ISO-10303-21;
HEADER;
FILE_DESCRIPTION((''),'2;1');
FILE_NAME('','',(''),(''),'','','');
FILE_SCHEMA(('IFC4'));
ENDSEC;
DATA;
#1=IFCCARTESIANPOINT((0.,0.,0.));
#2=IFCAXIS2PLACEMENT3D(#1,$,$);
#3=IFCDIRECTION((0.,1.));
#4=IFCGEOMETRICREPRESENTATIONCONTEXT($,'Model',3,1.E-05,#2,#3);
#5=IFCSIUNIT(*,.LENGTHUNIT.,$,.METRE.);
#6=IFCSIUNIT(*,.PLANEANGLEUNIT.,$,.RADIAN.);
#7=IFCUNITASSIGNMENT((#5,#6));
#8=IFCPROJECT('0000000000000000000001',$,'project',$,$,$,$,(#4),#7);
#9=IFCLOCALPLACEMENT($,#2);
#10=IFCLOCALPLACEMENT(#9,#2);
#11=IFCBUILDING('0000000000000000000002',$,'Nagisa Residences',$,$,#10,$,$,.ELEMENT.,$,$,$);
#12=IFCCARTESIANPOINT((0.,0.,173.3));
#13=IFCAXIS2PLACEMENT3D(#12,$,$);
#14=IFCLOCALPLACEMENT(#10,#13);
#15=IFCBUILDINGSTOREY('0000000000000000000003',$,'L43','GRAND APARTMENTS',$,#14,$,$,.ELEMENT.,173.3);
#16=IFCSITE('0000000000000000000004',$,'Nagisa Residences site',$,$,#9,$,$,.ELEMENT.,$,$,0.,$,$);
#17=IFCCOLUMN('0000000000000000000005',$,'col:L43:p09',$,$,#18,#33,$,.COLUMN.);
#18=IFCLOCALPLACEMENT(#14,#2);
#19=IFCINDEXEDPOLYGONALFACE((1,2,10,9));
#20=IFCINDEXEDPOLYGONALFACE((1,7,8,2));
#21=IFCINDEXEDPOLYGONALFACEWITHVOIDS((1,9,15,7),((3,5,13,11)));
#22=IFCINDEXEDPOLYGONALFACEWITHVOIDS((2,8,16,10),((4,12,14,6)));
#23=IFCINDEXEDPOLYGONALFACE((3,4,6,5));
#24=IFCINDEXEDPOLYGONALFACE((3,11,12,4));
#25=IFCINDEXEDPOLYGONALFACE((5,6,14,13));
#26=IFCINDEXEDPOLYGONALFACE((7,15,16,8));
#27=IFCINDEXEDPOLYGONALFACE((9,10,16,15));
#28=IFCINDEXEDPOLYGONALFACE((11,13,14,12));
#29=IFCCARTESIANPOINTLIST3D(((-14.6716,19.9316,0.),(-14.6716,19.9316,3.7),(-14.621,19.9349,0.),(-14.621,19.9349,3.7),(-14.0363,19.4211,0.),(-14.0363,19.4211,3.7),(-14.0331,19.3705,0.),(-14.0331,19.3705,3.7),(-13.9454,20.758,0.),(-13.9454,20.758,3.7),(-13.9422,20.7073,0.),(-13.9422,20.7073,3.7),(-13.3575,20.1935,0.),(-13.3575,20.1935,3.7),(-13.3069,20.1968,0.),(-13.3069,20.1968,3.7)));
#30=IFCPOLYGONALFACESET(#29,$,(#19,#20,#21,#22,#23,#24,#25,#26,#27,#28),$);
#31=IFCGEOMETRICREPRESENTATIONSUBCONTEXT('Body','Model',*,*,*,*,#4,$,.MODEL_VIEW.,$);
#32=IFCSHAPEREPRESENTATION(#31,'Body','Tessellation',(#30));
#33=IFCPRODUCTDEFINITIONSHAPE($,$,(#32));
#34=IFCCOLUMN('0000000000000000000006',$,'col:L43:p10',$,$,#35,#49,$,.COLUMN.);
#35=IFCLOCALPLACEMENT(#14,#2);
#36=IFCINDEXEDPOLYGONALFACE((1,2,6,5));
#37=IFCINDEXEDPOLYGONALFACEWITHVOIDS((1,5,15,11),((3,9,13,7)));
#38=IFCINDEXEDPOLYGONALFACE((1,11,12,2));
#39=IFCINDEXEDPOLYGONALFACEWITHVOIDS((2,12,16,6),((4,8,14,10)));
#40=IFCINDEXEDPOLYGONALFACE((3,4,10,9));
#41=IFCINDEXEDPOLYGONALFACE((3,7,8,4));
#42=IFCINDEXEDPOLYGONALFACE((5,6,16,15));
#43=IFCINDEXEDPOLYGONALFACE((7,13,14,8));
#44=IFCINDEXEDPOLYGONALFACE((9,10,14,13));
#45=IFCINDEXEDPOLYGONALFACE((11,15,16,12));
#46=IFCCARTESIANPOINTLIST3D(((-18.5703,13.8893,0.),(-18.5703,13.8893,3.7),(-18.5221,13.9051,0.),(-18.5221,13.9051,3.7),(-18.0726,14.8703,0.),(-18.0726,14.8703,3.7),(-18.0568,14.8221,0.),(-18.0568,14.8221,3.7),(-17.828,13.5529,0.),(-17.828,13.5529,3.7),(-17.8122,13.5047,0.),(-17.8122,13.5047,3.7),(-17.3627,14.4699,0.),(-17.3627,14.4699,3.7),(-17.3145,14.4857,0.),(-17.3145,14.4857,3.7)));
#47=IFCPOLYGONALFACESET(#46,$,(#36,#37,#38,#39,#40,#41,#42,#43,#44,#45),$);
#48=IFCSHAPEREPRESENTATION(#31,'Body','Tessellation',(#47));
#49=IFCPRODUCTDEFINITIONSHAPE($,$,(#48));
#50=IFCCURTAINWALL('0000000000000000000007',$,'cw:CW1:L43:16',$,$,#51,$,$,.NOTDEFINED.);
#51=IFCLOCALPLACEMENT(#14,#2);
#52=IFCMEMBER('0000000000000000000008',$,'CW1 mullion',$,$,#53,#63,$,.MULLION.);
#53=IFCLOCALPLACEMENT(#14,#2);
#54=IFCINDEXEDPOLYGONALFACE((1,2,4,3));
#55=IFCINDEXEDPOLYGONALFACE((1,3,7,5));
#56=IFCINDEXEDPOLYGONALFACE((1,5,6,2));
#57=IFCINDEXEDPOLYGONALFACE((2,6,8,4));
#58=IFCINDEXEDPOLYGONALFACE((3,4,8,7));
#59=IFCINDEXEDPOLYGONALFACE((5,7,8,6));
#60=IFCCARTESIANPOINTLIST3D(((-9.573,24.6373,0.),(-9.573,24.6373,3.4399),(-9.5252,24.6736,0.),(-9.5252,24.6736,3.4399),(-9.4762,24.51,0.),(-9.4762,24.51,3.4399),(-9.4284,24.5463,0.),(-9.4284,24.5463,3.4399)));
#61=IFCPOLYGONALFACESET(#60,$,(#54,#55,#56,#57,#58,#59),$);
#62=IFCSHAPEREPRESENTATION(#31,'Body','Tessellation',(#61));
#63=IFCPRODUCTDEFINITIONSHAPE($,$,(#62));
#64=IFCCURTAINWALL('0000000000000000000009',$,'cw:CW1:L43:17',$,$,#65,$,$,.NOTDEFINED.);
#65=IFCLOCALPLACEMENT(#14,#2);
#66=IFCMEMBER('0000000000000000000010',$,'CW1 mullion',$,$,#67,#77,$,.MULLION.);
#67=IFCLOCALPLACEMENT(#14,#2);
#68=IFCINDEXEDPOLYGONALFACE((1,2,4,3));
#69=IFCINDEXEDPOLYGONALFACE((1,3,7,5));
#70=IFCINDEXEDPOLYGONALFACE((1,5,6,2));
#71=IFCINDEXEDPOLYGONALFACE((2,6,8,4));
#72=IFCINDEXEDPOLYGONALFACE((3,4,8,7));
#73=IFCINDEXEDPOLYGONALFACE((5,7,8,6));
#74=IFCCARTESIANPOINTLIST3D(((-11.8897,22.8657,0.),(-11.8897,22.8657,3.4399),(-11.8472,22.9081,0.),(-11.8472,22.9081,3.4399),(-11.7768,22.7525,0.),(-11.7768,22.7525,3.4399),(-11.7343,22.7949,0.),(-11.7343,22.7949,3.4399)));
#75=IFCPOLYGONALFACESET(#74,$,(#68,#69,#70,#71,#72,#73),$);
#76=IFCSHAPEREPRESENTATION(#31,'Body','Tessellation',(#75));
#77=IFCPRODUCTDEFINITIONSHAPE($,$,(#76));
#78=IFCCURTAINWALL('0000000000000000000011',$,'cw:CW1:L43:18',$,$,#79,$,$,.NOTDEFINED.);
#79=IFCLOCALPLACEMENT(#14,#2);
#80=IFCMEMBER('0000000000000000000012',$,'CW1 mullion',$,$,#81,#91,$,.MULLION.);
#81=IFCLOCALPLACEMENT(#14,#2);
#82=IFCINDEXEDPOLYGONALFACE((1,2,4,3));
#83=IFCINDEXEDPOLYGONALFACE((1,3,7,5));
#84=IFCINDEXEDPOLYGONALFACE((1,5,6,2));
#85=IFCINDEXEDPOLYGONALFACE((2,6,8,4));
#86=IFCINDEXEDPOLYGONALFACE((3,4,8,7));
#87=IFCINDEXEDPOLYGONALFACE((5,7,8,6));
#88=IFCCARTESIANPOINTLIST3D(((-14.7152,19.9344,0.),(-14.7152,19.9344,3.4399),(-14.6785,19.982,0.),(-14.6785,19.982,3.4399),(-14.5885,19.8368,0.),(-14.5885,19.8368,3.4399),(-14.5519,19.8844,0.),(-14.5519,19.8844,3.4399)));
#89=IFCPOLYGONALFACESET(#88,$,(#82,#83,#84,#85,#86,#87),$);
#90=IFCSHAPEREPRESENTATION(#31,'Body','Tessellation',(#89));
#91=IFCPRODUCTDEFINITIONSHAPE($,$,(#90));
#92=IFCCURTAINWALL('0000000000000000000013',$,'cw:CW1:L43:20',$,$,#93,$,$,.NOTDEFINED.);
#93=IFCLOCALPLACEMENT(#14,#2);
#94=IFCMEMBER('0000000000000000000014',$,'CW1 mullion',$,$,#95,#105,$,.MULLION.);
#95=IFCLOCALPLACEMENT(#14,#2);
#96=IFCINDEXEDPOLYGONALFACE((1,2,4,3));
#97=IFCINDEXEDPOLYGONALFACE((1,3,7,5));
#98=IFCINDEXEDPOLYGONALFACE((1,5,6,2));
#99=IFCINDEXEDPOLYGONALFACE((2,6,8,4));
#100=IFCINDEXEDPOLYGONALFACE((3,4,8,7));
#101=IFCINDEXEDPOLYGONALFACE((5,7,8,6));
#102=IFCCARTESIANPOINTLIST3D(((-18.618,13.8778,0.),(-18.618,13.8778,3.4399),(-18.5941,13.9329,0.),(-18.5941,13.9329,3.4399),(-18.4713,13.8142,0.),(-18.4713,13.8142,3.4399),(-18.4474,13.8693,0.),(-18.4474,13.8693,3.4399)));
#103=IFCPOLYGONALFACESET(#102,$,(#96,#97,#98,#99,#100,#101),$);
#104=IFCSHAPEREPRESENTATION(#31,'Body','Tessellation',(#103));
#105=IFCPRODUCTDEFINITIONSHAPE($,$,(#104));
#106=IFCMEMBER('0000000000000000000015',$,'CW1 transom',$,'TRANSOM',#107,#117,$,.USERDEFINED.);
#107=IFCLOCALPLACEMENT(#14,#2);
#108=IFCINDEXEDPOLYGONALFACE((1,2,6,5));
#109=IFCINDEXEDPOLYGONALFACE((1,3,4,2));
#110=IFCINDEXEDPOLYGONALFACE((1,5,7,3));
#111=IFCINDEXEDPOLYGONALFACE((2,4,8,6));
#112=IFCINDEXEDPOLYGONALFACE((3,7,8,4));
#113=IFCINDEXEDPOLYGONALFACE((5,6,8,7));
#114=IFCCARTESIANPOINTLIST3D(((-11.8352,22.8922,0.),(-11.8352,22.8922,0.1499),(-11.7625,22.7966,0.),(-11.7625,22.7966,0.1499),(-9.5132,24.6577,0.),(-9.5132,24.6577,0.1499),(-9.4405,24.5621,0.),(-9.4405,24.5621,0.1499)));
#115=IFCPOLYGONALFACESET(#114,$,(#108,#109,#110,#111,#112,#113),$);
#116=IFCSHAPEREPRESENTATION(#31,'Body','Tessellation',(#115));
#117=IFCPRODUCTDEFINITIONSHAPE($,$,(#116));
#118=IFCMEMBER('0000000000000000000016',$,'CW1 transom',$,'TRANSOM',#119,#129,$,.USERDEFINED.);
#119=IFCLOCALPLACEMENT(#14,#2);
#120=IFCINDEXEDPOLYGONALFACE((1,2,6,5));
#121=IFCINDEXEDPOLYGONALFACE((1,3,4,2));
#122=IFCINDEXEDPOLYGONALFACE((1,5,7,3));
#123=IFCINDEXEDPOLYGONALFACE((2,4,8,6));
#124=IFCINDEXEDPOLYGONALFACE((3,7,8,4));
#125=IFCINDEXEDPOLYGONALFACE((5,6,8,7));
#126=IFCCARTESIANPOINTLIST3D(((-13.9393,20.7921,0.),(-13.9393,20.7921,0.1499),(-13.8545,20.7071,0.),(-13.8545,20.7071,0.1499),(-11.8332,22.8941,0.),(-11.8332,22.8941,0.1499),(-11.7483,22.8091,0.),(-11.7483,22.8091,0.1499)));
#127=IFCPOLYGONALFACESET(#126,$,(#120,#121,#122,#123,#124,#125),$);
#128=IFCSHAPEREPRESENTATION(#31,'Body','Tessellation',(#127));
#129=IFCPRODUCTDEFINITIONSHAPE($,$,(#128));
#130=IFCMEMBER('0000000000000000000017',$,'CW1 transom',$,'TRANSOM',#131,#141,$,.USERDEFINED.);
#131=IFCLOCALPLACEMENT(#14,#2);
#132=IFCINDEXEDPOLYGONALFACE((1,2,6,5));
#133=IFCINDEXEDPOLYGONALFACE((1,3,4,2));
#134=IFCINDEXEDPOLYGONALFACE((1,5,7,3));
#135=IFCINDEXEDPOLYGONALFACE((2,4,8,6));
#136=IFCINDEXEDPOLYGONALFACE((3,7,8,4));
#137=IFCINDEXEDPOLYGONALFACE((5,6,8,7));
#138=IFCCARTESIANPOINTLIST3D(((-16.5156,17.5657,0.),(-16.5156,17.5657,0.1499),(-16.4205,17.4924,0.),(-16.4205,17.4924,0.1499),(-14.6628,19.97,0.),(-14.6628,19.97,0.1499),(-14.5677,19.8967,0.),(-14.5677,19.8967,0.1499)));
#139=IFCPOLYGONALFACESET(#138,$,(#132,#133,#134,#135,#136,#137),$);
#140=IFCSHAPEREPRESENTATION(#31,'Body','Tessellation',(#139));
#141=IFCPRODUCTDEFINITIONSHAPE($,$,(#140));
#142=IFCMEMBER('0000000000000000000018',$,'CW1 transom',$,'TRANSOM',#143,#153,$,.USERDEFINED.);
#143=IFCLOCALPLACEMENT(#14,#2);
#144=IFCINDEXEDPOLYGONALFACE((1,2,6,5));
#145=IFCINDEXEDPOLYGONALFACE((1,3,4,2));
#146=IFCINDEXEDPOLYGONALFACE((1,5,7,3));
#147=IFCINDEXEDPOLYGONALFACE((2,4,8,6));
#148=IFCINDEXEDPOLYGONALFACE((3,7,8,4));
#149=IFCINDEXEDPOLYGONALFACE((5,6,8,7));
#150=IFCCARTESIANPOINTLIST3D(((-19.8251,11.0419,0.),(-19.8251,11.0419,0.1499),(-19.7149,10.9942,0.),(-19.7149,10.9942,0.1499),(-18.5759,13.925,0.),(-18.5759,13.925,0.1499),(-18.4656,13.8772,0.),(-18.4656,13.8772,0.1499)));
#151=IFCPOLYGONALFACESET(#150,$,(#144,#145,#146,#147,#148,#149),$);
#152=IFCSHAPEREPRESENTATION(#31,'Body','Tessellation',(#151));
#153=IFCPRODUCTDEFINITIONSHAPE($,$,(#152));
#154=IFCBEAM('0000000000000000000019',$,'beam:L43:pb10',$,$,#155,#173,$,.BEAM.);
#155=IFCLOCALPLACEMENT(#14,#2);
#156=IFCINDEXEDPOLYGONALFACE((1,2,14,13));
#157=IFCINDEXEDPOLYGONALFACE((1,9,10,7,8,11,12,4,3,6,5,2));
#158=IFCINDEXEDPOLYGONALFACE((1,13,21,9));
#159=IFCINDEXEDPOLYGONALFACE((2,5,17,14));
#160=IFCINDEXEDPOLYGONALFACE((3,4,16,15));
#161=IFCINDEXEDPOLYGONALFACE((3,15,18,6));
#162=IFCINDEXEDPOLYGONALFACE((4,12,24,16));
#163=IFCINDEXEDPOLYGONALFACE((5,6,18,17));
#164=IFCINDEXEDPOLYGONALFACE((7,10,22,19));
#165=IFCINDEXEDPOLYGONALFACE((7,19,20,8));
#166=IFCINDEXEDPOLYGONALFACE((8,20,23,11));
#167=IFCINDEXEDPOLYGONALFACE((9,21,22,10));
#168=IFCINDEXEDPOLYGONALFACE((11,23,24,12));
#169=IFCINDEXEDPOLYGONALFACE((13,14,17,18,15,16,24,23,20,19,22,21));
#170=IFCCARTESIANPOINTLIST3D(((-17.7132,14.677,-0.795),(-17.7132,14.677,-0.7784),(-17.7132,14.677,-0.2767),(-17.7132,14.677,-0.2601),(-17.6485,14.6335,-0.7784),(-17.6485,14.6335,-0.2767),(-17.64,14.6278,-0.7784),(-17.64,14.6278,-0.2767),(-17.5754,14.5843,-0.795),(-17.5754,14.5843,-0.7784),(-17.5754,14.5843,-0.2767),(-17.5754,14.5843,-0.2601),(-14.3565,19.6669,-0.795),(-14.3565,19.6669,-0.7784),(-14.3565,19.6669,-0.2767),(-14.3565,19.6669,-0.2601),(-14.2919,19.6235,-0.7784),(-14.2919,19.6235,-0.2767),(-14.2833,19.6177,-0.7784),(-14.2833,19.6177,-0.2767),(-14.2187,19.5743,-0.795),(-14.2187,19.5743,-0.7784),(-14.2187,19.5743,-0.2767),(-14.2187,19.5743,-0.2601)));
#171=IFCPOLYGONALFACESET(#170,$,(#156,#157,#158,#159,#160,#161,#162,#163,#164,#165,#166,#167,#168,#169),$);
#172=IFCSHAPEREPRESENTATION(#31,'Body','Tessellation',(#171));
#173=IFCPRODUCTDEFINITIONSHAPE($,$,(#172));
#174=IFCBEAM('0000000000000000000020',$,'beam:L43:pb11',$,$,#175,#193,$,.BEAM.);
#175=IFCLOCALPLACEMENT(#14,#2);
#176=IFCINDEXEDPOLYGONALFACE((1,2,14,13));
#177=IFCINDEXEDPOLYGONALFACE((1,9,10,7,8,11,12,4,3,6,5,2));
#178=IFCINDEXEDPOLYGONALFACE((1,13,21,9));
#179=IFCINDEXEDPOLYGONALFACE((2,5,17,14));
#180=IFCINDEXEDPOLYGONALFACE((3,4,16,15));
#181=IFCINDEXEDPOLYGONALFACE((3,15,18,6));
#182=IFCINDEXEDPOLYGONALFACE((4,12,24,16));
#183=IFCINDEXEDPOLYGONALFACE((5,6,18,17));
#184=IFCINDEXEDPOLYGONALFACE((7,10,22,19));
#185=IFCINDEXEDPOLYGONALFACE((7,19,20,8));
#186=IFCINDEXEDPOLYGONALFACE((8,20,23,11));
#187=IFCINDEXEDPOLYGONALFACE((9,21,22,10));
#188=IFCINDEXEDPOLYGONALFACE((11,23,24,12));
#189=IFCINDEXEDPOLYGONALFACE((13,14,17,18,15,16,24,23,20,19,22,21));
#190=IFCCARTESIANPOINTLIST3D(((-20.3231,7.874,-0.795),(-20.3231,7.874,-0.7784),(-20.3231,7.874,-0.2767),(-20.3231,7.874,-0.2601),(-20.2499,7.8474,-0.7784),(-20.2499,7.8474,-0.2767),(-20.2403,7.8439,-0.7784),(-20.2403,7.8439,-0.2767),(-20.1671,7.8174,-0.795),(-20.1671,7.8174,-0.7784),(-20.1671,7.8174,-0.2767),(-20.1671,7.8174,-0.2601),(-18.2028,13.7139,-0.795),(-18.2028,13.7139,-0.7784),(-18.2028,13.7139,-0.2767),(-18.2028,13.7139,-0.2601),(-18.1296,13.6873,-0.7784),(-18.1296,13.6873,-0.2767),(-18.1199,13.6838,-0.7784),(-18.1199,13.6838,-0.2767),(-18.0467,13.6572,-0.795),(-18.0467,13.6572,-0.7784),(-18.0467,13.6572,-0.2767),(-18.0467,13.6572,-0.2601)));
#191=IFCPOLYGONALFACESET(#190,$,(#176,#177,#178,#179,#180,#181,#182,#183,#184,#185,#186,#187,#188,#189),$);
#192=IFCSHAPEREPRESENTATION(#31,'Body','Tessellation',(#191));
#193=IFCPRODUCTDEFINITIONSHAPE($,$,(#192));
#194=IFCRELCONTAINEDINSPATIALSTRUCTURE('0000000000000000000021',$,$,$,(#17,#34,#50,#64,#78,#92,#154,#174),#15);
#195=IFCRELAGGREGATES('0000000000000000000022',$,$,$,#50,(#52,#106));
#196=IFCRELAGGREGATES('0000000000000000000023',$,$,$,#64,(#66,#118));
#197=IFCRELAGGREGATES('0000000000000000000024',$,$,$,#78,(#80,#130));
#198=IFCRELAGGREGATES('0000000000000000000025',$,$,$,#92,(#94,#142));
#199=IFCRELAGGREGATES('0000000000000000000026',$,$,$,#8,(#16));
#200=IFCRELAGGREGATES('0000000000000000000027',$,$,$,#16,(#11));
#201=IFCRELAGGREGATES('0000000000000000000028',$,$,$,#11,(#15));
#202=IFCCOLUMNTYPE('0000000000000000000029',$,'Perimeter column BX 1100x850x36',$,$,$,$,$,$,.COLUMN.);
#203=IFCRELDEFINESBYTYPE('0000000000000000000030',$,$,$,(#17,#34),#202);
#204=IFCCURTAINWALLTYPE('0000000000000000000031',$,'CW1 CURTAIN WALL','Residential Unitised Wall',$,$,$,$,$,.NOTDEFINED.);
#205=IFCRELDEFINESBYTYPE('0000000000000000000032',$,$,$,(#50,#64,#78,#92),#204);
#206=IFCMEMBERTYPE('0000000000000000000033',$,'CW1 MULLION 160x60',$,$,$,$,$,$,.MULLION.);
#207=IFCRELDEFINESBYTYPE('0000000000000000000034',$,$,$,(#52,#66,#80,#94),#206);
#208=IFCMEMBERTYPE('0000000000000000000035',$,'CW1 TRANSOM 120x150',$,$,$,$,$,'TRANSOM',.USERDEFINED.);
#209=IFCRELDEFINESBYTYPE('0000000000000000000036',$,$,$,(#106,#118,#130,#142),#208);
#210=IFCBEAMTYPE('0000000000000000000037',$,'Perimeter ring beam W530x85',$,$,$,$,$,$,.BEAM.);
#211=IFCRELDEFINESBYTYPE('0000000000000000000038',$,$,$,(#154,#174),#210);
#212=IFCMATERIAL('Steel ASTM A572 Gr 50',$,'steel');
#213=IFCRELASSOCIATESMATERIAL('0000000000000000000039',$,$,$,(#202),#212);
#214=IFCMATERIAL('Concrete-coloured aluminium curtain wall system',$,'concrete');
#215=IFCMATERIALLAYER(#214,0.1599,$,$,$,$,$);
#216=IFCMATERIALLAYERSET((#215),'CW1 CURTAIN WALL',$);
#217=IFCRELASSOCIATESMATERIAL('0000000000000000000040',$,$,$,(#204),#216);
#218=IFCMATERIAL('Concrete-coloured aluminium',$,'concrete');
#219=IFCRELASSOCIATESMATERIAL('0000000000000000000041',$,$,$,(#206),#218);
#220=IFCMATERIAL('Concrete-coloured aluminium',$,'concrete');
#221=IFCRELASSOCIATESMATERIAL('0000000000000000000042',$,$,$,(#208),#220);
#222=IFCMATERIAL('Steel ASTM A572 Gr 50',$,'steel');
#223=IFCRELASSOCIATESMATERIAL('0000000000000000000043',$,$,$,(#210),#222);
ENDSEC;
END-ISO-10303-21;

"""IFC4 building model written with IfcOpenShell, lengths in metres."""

from ifc_helpers import new_model, si_unit, direction, frame, origin, origin_2d, place, context, subcontext, project, spatial, rectangle, hollow_rectangle, i_section, extrude, material, layer, layer_set, material_profile, profile_set, type_object, element, aggregate, save


model = new_model("IFC4")

# Units and contexts
model_context = context("Model", 3, precision=1e-05, world=origin(), true_north=direction((0.0, 1.0)))
body_context = subcontext(model_context, "Body", "Model", "MODEL_VIEW")
ifc_project = project(units=[si_unit("LENGTHUNIT", "METRE"), si_unit("PLANEANGLEUNIT", "RADIAN")], contexts=[model_context])

# Site, building, storey
site_placement = place(None, origin())
site = spatial("IfcSite", under=ifc_project, at=site_placement, Name="Nagisa Residences site", CompositionType="ELEMENT", RefElevation=0.0)
building_placement = place(site_placement, origin())
building = spatial("IfcBuilding", under=site, at=building_placement, Name="Nagisa Residences", CompositionType="ELEMENT")
storey_placement = place(building_placement, frame((0.0, 0.0, 173.3)))
storey = spatial("IfcBuildingStorey", under=building, at=storey_placement, Name="L43", Description="GRAND APARTMENTS", CompositionType="ELEMENT", Elevation=173.3)

# Columns
ifc_material_1 = material(Name="Steel ASTM A572 Gr 50", Category="steel")
ifc_material_profile_1 = material_profile(ifc_material_1, hollow_rectangle(XDim=1.1001, YDim=0.8501, WallThickness=0.0359, at=origin_2d()), Name="BX 1100x850x36")
ifc_profile_set_1 = profile_set([ifc_material_profile_1], Name="Steel ASTM A572 Gr 50")
column_type = type_object("IfcColumnType", Name="Perimeter column BX 1100x850x36", PredefinedType="COLUMN", material=ifc_profile_set_1)
for number, where, z_axis, x_axis, name in (
    (1, (-13.9893, 20.0642, 0.0), (0.0, 0.0, 1.0), (-0.660115, -0.751165, 0.0), "col:L43:p09"),
    (2, (-17.9424, 14.1875, 0.0), (0.0, 0.0, 1.0), (-0.452463, -0.891783, 0.0), "col:L43:p10"),
):
    element("IfcColumn", number, at=place(storey_placement, frame(where, z_axis=z_axis, x_axis=x_axis)), inside=storey, type_object=column_type, Name=name, PredefinedType="COLUMN", context=body_context, shape_type="SweptSolid", body=[
        extrude(hollow_rectangle(XDim=1.1001, YDim=0.8501, WallThickness=0.0359, at=origin_2d()), origin(), (0.0, 0.0, 1.0), 3.7),
    ])

# Curtain walls, members
ifc_material_2 = material(Name="Concrete-coloured aluminium curtain wall system", Category="concrete")
ifc_layer_1 = layer(ifc_material_2, 0.1599)
ifc_layer_set_1 = layer_set([ifc_layer_1], Name="CW1 CURTAIN WALL")
curtain_wall_type = type_object("IfcCurtainWallType", Name="CW1 CURTAIN WALL", Description="Residential Unitised Wall", PredefinedType="NOTDEFINED", material=ifc_layer_set_1)
curtain_wall_1_placement = place(storey_placement, origin())
curtain_wall_1 = element("IfcCurtainWall", 3, at=curtain_wall_1_placement, inside=storey, type_object=curtain_wall_type, Name="cw:CW1:L43:16", PredefinedType="NOTDEFINED")
ifc_material_3 = material(Name="Concrete-coloured aluminium", Category="concrete")
ifc_material_profile_2 = material_profile(ifc_material_3, rectangle(XDim=0.1599, YDim=0.0601, at=origin_2d()), Name="CW1 MULLION 160x60")
ifc_profile_set_2 = profile_set([ifc_material_profile_2], Name="Concrete-coloured aluminium")
member_type_1 = type_object("IfcMemberType", Name="CW1 MULLION 160x60", PredefinedType="MULLION", material=ifc_profile_set_2)
member_1_placement = place(storey_placement, frame((-9.5007, 24.5918, 0.0), z_axis=(0.0, 0.0, 1.0), x_axis=(0.605255, -0.796031, 0.0)))
member_1 = element("IfcMember", 4, at=member_1_placement, type_object=member_type_1, Name="CW1 mullion", PredefinedType="MULLION", context=body_context, shape_type="SweptSolid", body=[
    extrude(rectangle(XDim=0.1599, YDim=0.0601, at=origin_2d()), origin(), (0.0, 0.0, 1.0), 3.4399),
])
curtain_wall_2_placement = place(storey_placement, origin())
curtain_wall_2 = element("IfcCurtainWall", 5, at=curtain_wall_2_placement, inside=storey, type_object=curtain_wall_type, Name="cw:CW1:L43:17", PredefinedType="NOTDEFINED")
member_2_placement = place(storey_placement, frame((-11.812, 22.8303, 0.0), z_axis=(0.0, 0.0, 1.0), x_axis=(0.706377, -0.707836, 0.0)))
member_2 = element("IfcMember", 6, at=member_2_placement, type_object=member_type_1, Name="CW1 mullion", PredefinedType="MULLION", context=body_context, shape_type="SweptSolid", body=[
    extrude(rectangle(XDim=0.1599, YDim=0.0601, at=origin_2d()), origin(), (0.0, 0.0, 1.0), 3.4399),
])
curtain_wall_3_placement = place(storey_placement, origin())
curtain_wall_3 = element("IfcCurtainWall", 7, at=curtain_wall_3_placement, inside=storey, type_object=curtain_wall_type, Name="cw:CW1:L43:18", PredefinedType="NOTDEFINED")
member_3_placement = place(storey_placement, frame((-14.6335, 19.9094, 0.0), z_axis=(0.0, 0.0, 1.0), x_axis=(0.79207, -0.61043, 0.0)))
member_3 = element("IfcMember", 8, at=member_3_placement, type_object=member_type_1, Name="CW1 mullion", PredefinedType="MULLION", context=body_context, shape_type="SweptSolid", body=[
    extrude(rectangle(XDim=0.1599, YDim=0.0601, at=origin_2d()), origin(), (0.0, 0.0, 1.0), 3.4399),
])
curtain_wall_4_placement = place(storey_placement, origin())
curtain_wall_4 = element("IfcCurtainWall", 9, at=curtain_wall_4_placement, inside=storey, type_object=curtain_wall_type, Name="cw:CW1:L43:20", PredefinedType="NOTDEFINED")
member_4_placement = place(storey_placement, frame((-18.5327, 13.8735, 0.0), z_axis=(0.0, 0.0, 1.0), x_axis=(0.917543, -0.397636, 0.0)))
member_4 = element("IfcMember", 10, at=member_4_placement, type_object=member_type_1, Name="CW1 mullion", PredefinedType="MULLION", context=body_context, shape_type="SweptSolid", body=[
    extrude(rectangle(XDim=0.1599, YDim=0.0601, at=origin_2d()), origin(), (0.0, 0.0, 1.0), 3.4399),
])

# Members
ifc_material_4 = material(Name="Concrete-coloured aluminium", Category="concrete")
ifc_material_profile_3 = material_profile(ifc_material_4, rectangle(XDim=0.1201, YDim=0.1499, at=origin_2d()), Name="CW1 TRANSOM 120x150")
ifc_profile_set_3 = profile_set([ifc_material_profile_3], Name="Concrete-coloured aluminium")
member_type_2 = type_object("IfcMemberType", Name="CW1 TRANSOM 120x150", ElementType="TRANSOM", PredefinedType="USERDEFINED", material=ifc_profile_set_3)
member_5_placement = place(storey_placement, frame((-9.4768, 24.6099, 0.075), z_axis=(-0.796056, -0.605223, 0.0), x_axis=(0.605223, -0.796056, 0.0)))
member_5 = element("IfcMember", 11, at=member_5_placement, type_object=member_type_2, Name="CW1 transom", ObjectType="TRANSOM", PredefinedType="USERDEFINED", context=body_context, shape_type="SweptSolid", body=[
    extrude(rectangle(XDim=0.1201, YDim=0.1499, at=origin_2d()), origin(), (0.0, 0.0, 1.0), 2.917),
])
member_6_placement = place(storey_placement, frame((-11.7908, 22.8516, 0.075), z_axis=(-0.707804, -0.706409, 0.0), x_axis=(0.706409, -0.707804, 0.0)))
member_6 = element("IfcMember", 12, at=member_6_placement, type_object=member_type_2, Name="CW1 transom", ObjectType="TRANSOM", PredefinedType="USERDEFINED", context=body_context, shape_type="SweptSolid", body=[
    extrude(rectangle(XDim=0.1201, YDim=0.1499, at=origin_2d()), origin(), (0.0, 0.0, 1.0), 2.9756),
])
member_7_placement = place(storey_placement, frame((-14.6152, 19.9333, 0.075), z_axis=(-0.610399, -0.792094, 0.0), x_axis=(0.792094, -0.610399, 0.0)))
member_7 = element("IfcMember", 13, at=member_7_placement, type_object=member_type_2, Name="CW1 transom", ObjectType="TRANSOM", PredefinedType="USERDEFINED", context=body_context, shape_type="SweptSolid", body=[
    extrude(rectangle(XDim=0.1201, YDim=0.1499, at=origin_2d()), origin(), (0.0, 0.0, 1.0), 3.0354),
])
member_8_placement = place(storey_placement, frame((-18.5208, 13.9011, 0.075), z_axis=(-0.397592, -0.917562, 0.0), x_axis=(0.917562, -0.397592, 0.0)))
member_8 = element("IfcMember", 14, at=member_8_placement, type_object=member_type_2, Name="CW1 transom", ObjectType="TRANSOM", PredefinedType="USERDEFINED", context=body_context, shape_type="SweptSolid", body=[
    extrude(rectangle(XDim=0.1201, YDim=0.1499, at=origin_2d()), origin(), (0.0, 0.0, 1.0), 3.1421),
])

# Beams
ifc_material_5 = material(Name="Steel ASTM A572 Gr 50", Category="steel")
ifc_material_profile_4 = material_profile(ifc_material_5, i_section(OverallWidth=0.166, OverallDepth=0.5349, WebThickness=0.0103, FlangeThickness=0.0166, at=origin_2d()), Name="W530x85")
ifc_profile_set_4 = profile_set([ifc_material_profile_4], Name="Steel ASTM A572 Gr 50")
beam_type_1 = type_object("IfcBeamType", Name="Perimeter ring beam W530x85", PredefinedType="BEAM", material=ifc_profile_set_4)
beam_1_placement = place(storey_placement, frame((-14.2876, 19.6206, -0.5276), z_axis=(-0.558152, -0.829739, 0.0), x_axis=(0.829739, -0.558152, 0.0)))
element("IfcBeam", 15, at=beam_1_placement, inside=storey, type_object=beam_type_1, Name="beam:L43:pb10", PredefinedType="BEAM", context=body_context, shape_type="SweptSolid", body=[
    extrude(i_section(OverallWidth=0.166, OverallDepth=0.5349, WebThickness=0.0103, FlangeThickness=0.0166, at=origin_2d()), origin(), (0.0, 0.0, 1.0), 6.0139),
])
beam_2_placement = place(storey_placement, frame((-18.1248, 13.6855, -0.5276), z_axis=(-0.341286, -0.93996, 0.0), x_axis=(0.93996, -0.341286, 0.0)))
element("IfcBeam", 16, at=beam_2_placement, inside=storey, type_object=beam_type_1, Name="beam:L43:pb11", PredefinedType="BEAM", context=body_context, shape_type="SweptSolid", body=[
    extrude(i_section(OverallWidth=0.166, OverallDepth=0.5349, WebThickness=0.0103, FlangeThickness=0.0166, at=origin_2d()), origin(), (0.0, 0.0, 1.0), 6.2129),
])

aggregate(curtain_wall_1, [member_1, member_5])
aggregate(curtain_wall_2, [member_2, member_6])
aggregate(curtain_wall_3, [member_3, member_7])
aggregate(curtain_wall_4, [member_4, member_8])

save(model, "model.ifc")
